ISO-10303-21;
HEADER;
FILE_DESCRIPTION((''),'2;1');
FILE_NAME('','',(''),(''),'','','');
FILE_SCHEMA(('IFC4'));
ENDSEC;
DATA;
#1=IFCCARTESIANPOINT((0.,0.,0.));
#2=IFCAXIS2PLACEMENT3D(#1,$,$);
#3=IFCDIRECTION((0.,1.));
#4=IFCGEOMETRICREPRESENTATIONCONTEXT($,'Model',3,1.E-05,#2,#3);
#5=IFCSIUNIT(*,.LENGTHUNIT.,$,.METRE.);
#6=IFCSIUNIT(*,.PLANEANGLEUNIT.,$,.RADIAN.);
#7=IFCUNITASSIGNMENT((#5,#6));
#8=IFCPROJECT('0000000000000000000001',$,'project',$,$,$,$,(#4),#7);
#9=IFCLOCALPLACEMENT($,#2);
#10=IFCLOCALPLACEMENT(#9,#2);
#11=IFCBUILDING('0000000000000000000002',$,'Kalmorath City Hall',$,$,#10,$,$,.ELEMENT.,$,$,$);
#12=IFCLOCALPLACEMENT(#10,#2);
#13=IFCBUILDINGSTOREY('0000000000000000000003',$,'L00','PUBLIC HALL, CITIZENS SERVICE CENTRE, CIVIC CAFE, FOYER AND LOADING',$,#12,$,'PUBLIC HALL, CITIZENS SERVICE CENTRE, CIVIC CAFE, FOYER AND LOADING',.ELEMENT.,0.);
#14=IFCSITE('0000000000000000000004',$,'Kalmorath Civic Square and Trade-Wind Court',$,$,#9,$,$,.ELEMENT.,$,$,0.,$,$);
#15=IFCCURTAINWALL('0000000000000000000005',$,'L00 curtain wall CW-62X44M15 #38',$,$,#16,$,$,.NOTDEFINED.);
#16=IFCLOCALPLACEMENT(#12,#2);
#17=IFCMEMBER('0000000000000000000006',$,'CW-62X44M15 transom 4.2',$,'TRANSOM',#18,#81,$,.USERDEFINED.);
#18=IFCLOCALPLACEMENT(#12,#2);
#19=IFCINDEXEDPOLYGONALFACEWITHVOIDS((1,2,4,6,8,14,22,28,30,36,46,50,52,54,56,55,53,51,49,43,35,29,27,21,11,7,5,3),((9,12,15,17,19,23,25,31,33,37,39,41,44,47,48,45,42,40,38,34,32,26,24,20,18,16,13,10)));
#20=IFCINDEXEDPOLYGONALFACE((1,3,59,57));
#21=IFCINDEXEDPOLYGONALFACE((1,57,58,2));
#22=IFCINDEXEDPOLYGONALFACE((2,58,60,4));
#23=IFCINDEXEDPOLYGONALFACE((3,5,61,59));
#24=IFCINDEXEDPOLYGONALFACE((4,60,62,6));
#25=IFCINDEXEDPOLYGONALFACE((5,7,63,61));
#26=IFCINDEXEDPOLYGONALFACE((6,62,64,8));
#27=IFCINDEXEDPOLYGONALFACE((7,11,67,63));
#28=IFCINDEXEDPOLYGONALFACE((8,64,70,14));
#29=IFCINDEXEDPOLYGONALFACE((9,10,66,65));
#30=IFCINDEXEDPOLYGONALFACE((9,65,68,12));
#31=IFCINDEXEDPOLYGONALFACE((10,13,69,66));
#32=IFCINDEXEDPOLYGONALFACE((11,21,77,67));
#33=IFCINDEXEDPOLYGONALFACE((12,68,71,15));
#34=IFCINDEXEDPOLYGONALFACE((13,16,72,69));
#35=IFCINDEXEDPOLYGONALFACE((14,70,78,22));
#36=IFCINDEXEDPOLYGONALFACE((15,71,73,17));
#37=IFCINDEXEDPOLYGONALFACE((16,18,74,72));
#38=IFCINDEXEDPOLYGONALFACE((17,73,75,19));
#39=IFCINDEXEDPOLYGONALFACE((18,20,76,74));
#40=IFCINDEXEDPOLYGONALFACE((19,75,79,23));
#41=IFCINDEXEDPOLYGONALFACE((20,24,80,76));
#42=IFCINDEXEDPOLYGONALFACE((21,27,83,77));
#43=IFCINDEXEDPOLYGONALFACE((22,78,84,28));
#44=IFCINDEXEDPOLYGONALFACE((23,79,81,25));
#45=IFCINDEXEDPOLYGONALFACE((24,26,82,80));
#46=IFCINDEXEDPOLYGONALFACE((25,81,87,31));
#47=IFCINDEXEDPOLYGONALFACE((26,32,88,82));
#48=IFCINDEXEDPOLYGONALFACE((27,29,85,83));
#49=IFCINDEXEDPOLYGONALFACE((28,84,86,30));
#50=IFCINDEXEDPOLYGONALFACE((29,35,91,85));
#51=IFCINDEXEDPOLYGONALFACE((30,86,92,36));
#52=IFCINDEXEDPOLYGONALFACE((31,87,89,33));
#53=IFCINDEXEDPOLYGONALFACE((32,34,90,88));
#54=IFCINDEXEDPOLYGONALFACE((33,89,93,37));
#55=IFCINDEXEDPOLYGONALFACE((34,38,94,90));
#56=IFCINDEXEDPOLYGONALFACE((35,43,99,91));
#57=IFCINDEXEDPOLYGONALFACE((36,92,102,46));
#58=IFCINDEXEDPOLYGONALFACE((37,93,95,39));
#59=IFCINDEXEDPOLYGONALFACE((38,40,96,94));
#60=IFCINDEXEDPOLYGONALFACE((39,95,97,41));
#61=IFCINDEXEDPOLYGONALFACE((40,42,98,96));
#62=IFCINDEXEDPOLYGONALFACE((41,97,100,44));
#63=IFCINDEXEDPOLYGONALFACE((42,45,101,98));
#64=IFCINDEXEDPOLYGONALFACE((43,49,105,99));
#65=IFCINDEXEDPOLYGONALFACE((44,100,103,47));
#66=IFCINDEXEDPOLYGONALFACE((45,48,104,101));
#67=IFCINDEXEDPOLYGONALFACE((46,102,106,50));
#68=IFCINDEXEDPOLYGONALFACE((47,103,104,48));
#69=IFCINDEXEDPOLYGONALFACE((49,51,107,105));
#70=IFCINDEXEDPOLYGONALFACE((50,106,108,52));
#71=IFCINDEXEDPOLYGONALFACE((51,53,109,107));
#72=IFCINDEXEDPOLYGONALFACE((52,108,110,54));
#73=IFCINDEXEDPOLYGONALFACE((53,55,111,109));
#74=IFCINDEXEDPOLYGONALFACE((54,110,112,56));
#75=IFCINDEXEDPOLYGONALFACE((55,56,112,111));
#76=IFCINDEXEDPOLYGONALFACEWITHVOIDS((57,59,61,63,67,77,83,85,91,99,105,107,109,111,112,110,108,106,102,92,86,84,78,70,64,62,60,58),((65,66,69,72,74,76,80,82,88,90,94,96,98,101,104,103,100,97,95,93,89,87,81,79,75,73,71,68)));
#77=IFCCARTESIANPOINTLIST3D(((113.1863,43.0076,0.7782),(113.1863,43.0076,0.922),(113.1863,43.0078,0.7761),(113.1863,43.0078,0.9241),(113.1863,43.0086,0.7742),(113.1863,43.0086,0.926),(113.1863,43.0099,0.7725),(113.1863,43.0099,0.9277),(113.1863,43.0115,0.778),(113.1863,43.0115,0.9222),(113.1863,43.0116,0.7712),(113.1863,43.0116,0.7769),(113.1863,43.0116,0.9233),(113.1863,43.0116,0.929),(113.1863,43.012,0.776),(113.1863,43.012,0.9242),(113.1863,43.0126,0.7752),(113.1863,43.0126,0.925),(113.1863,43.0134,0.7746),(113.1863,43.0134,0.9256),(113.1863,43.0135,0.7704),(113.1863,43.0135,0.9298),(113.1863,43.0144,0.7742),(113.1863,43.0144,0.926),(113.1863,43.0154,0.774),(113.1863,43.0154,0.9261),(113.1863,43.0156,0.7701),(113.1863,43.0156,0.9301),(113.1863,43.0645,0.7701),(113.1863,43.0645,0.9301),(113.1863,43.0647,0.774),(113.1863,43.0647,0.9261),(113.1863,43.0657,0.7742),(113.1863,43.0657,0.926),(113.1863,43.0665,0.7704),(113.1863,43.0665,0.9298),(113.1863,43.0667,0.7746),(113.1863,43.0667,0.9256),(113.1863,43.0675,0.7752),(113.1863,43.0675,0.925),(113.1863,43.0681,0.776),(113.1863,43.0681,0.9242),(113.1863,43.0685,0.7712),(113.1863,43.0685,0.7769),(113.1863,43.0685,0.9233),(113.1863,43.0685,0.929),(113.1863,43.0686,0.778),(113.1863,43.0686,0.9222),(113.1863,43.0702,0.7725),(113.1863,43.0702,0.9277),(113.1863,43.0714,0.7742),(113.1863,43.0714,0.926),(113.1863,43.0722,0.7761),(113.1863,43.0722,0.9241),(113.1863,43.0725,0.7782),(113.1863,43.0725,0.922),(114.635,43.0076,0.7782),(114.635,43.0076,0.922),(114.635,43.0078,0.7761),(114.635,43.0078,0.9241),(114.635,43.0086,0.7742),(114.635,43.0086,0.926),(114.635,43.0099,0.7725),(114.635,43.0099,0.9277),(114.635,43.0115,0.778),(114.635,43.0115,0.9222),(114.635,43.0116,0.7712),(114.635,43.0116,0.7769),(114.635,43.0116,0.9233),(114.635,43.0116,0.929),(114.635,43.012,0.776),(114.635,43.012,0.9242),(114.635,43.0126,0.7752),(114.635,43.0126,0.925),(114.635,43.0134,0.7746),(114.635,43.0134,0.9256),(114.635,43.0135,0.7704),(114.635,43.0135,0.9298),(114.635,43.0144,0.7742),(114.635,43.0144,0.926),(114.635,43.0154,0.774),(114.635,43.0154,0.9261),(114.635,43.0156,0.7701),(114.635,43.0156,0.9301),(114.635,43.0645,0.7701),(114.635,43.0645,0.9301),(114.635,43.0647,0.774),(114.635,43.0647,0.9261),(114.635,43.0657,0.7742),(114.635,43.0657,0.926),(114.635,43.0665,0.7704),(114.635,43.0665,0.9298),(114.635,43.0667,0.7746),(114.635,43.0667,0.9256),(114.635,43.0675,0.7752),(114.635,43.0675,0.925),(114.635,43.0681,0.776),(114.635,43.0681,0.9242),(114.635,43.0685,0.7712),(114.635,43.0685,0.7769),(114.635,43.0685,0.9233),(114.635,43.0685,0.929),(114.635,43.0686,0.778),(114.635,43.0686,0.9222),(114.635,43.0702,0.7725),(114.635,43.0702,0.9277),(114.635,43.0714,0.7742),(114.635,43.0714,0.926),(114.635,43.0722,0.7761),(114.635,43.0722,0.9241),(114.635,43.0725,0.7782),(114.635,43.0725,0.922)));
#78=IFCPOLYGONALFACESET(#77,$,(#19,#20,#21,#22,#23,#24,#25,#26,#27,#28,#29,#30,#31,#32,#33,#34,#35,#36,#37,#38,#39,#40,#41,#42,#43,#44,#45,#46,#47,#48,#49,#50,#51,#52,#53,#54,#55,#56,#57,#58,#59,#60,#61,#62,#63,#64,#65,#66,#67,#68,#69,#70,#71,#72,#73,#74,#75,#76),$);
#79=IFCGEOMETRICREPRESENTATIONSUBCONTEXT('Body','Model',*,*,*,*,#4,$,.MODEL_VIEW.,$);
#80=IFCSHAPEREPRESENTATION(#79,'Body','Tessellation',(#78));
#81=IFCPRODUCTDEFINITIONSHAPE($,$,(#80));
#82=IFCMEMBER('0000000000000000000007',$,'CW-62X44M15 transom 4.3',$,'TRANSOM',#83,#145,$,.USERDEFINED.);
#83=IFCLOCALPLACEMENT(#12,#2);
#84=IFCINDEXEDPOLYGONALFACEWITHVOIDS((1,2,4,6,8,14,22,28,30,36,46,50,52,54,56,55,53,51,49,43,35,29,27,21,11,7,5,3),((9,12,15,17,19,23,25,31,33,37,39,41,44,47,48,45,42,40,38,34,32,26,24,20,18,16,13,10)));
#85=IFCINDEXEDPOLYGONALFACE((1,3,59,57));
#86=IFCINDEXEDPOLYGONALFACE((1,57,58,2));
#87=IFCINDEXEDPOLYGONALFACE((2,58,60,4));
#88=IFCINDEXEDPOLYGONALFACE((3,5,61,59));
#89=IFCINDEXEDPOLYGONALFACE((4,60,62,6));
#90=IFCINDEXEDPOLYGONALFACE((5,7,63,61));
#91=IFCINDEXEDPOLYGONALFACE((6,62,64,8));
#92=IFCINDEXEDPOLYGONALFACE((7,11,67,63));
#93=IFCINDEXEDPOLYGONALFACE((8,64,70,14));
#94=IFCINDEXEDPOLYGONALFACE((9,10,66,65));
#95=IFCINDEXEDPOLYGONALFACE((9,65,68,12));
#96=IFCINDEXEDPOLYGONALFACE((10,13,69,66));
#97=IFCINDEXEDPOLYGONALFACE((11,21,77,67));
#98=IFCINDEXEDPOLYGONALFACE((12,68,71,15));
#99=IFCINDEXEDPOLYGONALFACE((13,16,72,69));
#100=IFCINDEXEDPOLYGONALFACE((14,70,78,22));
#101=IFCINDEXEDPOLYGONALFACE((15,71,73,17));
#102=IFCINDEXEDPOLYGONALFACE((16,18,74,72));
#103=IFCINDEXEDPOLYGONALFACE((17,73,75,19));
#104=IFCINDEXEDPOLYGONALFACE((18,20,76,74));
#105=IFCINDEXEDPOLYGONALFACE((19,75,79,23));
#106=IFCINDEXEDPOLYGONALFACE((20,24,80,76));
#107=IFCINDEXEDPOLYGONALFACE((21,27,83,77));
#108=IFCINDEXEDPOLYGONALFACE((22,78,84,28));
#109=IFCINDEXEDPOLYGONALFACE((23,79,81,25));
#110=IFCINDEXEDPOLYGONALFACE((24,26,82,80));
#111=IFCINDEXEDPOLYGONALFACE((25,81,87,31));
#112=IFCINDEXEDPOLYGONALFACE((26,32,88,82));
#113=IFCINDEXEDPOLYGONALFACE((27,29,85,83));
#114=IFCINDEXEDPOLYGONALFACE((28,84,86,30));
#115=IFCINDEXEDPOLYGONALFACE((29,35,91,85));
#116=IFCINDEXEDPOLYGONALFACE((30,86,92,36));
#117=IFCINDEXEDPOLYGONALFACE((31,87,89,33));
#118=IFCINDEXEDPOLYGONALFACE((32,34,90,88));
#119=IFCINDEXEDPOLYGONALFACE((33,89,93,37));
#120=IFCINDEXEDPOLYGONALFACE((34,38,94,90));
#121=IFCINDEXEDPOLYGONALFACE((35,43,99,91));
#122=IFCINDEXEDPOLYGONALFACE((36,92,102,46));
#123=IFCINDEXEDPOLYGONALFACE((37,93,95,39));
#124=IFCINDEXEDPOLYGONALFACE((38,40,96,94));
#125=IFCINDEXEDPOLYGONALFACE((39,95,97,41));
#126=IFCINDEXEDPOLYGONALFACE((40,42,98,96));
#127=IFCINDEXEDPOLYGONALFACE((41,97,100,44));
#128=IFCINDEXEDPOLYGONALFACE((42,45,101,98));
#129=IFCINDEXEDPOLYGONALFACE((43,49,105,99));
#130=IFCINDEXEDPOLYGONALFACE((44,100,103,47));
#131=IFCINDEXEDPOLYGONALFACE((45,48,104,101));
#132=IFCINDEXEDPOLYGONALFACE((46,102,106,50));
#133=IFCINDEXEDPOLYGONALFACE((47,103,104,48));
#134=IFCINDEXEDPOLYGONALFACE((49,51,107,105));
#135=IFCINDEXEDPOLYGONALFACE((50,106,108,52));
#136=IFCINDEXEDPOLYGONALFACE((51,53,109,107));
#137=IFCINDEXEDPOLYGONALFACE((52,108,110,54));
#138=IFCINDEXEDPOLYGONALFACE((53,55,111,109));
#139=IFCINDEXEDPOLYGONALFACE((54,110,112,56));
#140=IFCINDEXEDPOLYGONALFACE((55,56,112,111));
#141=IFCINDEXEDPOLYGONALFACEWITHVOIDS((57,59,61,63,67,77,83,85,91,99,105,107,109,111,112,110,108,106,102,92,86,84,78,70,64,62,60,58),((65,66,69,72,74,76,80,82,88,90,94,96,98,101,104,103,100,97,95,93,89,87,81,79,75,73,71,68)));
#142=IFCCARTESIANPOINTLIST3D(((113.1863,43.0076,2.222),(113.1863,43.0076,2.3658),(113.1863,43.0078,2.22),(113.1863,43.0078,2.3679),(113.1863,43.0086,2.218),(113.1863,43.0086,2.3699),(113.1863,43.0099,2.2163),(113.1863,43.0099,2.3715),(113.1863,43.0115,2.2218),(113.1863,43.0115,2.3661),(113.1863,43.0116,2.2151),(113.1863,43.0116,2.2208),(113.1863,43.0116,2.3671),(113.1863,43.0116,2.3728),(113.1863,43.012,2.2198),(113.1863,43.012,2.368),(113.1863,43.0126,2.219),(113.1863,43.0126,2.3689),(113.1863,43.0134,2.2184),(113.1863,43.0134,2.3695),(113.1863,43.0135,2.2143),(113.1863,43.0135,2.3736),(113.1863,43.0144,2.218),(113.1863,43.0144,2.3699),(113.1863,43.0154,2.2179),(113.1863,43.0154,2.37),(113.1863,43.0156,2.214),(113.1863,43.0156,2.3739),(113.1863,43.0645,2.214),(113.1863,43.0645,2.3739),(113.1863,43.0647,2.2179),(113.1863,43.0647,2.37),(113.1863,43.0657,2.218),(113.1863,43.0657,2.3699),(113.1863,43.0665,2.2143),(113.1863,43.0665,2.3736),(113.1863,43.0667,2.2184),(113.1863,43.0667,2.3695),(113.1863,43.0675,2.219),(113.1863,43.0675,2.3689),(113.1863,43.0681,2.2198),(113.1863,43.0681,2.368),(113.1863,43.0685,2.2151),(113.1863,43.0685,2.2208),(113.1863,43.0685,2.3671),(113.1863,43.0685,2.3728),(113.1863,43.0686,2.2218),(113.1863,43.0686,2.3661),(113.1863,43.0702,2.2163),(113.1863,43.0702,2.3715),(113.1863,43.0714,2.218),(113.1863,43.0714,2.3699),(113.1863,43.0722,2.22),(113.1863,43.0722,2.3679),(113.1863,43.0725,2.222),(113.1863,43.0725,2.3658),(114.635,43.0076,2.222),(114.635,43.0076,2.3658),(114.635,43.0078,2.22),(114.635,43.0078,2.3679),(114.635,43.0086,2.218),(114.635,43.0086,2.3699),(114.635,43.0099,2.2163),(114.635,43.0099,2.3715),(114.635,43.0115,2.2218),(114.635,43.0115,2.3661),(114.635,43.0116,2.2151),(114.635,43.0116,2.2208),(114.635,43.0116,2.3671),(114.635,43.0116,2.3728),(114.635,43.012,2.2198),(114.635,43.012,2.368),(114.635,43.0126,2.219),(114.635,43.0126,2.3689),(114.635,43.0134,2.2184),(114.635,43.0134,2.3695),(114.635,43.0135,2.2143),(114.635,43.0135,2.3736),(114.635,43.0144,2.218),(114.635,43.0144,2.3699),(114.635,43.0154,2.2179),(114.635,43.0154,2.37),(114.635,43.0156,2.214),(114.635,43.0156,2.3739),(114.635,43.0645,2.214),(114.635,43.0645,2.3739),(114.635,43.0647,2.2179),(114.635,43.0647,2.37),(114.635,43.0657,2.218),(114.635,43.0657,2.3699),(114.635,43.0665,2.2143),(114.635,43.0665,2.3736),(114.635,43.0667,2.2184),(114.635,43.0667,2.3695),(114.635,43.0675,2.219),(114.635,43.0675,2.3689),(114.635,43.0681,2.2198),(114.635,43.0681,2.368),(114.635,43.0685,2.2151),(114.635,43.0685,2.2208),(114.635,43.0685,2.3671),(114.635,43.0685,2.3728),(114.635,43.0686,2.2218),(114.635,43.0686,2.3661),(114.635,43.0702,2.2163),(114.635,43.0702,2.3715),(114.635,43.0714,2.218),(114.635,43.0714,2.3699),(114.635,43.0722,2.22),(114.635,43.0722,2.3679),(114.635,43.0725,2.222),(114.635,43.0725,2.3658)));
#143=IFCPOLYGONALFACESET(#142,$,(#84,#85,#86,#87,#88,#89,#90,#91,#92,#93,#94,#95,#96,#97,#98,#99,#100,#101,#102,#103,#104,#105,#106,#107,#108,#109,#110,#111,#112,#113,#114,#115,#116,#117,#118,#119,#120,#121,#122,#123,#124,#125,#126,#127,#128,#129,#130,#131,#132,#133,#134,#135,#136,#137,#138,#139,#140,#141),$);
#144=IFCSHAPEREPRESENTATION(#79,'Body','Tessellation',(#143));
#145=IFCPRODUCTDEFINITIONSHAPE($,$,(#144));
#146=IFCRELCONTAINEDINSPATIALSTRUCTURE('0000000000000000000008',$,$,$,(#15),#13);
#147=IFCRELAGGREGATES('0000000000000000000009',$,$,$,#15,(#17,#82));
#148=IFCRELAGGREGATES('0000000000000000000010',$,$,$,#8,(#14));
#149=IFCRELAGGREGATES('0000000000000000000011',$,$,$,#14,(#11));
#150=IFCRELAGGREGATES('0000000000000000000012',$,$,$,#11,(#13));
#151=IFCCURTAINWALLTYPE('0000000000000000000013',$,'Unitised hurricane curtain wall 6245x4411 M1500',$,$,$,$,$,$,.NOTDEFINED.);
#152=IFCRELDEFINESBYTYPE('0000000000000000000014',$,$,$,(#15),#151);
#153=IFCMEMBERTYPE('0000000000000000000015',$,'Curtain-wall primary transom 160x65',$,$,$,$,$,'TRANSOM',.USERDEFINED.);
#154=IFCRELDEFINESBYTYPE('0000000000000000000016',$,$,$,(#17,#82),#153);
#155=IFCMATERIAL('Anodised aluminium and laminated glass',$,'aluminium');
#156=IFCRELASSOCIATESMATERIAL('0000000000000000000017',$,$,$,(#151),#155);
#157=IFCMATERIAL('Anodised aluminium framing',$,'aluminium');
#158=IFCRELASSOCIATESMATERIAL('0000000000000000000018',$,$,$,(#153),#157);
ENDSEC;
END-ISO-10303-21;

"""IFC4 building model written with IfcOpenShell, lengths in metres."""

from ifc_helpers import new_model, si_unit, direction, frame, origin, origin_2d, place, context, subcontext, project, spatial, hollow_rectangle, extrude, material, material_profile, profile_set, type_object, element, aggregate, save


model = new_model("IFC4")

# Units and contexts
model_context = context("Model", 3, precision=1e-05, world=origin(), true_north=direction((0.0, 1.0)))
body_context = subcontext(model_context, "Body", "Model", "MODEL_VIEW")
ifc_project = project(units=[si_unit("LENGTHUNIT", "METRE"), si_unit("PLANEANGLEUNIT", "RADIAN")], contexts=[model_context])

# Site, building, storey
site_placement = place(None, origin())
site = spatial("IfcSite", under=ifc_project, at=site_placement, Name="Kalmorath Civic Square and Trade-Wind Court", CompositionType="ELEMENT", RefElevation=0.0)
building_placement = place(site_placement, origin())
building = spatial("IfcBuilding", under=site, at=building_placement, Name="Kalmorath City Hall", CompositionType="ELEMENT")
storey_placement = place(building_placement, origin())
storey = spatial("IfcBuildingStorey", under=building, at=storey_placement, Name="L00", Description="PUBLIC HALL, CITIZENS SERVICE CENTRE, CIVIC CAFE, FOYER AND LOADING", LongName="PUBLIC HALL, CITIZENS SERVICE CENTRE, CIVIC CAFE, FOYER AND LOADING", CompositionType="ELEMENT", Elevation=0.0)

# Curtain wall, members
ifc_material_1 = material(Name="Anodised aluminium and laminated glass", Category="aluminium")
curtain_wall_type = type_object("IfcCurtainWallType", Name="Unitised hurricane curtain wall 6245x4411 M1500", PredefinedType="NOTDEFINED", material=ifc_material_1)
curtain_wall_placement = place(storey_placement, origin())
curtain_wall = element("IfcCurtainWall", 1, at=curtain_wall_placement, inside=storey, type_object=curtain_wall_type, Name="L00 curtain wall CW-62X44M15 #38", PredefinedType="NOTDEFINED")
ifc_material_2 = material(Name="Anodised aluminium framing", Category="aluminium")
ifc_material_profile_1 = material_profile(ifc_material_2, hollow_rectangle(XDim=0.0649, YDim=0.1599, WallThickness=0.0039, InnerFilletRadius=0.0039, OuterFilletRadius=0.0081, at=origin_2d()), Name="ALU-TRN-160X65X4")
ifc_profile_set_1 = profile_set([ifc_material_profile_1], Name="Anodised aluminium framing")
member_type_1 = type_object("IfcMemberType", Name="Curtain-wall primary transom 160x65", ElementType="TRANSOM", PredefinedType="USERDEFINED", material=ifc_profile_set_1)
member_1_placement = place(storey_placement, frame((113.1863, 43.04, 0.8501), z_axis=(1.0, 0.0, 0.0), x_axis=(0.0, 1.0, 0.0)))
member_1 = element("IfcMember", 2, at=member_1_placement, type_object=member_type_1, Name="CW-62X44M15 transom 4.2", ObjectType="TRANSOM", PredefinedType="USERDEFINED", context=body_context, shape_type="SweptSolid", body=[
    extrude(hollow_rectangle(XDim=0.0649, YDim=0.1599, WallThickness=0.0039, InnerFilletRadius=0.0039, OuterFilletRadius=0.0081, at=origin_2d()), origin(), (0.0, 0.0, 1.0), 1.4487),
])
member_2_placement = place(storey_placement, frame((113.1863, 43.04, 2.2939), z_axis=(1.0, 0.0, 0.0), x_axis=(0.0, 1.0, 0.0)))
member_2 = element("IfcMember", 3, at=member_2_placement, type_object=member_type_1, Name="CW-62X44M15 transom 4.3", ObjectType="TRANSOM", PredefinedType="USERDEFINED", context=body_context, shape_type="SweptSolid", body=[
    extrude(hollow_rectangle(XDim=0.0649, YDim=0.1599, WallThickness=0.0039, InnerFilletRadius=0.0039, OuterFilletRadius=0.0081, at=origin_2d()), origin(), (0.0, 0.0, 1.0), 1.4487),
])
aggregate(curtain_wall, [member_1, member_2])

save(model, "model.ifc")
